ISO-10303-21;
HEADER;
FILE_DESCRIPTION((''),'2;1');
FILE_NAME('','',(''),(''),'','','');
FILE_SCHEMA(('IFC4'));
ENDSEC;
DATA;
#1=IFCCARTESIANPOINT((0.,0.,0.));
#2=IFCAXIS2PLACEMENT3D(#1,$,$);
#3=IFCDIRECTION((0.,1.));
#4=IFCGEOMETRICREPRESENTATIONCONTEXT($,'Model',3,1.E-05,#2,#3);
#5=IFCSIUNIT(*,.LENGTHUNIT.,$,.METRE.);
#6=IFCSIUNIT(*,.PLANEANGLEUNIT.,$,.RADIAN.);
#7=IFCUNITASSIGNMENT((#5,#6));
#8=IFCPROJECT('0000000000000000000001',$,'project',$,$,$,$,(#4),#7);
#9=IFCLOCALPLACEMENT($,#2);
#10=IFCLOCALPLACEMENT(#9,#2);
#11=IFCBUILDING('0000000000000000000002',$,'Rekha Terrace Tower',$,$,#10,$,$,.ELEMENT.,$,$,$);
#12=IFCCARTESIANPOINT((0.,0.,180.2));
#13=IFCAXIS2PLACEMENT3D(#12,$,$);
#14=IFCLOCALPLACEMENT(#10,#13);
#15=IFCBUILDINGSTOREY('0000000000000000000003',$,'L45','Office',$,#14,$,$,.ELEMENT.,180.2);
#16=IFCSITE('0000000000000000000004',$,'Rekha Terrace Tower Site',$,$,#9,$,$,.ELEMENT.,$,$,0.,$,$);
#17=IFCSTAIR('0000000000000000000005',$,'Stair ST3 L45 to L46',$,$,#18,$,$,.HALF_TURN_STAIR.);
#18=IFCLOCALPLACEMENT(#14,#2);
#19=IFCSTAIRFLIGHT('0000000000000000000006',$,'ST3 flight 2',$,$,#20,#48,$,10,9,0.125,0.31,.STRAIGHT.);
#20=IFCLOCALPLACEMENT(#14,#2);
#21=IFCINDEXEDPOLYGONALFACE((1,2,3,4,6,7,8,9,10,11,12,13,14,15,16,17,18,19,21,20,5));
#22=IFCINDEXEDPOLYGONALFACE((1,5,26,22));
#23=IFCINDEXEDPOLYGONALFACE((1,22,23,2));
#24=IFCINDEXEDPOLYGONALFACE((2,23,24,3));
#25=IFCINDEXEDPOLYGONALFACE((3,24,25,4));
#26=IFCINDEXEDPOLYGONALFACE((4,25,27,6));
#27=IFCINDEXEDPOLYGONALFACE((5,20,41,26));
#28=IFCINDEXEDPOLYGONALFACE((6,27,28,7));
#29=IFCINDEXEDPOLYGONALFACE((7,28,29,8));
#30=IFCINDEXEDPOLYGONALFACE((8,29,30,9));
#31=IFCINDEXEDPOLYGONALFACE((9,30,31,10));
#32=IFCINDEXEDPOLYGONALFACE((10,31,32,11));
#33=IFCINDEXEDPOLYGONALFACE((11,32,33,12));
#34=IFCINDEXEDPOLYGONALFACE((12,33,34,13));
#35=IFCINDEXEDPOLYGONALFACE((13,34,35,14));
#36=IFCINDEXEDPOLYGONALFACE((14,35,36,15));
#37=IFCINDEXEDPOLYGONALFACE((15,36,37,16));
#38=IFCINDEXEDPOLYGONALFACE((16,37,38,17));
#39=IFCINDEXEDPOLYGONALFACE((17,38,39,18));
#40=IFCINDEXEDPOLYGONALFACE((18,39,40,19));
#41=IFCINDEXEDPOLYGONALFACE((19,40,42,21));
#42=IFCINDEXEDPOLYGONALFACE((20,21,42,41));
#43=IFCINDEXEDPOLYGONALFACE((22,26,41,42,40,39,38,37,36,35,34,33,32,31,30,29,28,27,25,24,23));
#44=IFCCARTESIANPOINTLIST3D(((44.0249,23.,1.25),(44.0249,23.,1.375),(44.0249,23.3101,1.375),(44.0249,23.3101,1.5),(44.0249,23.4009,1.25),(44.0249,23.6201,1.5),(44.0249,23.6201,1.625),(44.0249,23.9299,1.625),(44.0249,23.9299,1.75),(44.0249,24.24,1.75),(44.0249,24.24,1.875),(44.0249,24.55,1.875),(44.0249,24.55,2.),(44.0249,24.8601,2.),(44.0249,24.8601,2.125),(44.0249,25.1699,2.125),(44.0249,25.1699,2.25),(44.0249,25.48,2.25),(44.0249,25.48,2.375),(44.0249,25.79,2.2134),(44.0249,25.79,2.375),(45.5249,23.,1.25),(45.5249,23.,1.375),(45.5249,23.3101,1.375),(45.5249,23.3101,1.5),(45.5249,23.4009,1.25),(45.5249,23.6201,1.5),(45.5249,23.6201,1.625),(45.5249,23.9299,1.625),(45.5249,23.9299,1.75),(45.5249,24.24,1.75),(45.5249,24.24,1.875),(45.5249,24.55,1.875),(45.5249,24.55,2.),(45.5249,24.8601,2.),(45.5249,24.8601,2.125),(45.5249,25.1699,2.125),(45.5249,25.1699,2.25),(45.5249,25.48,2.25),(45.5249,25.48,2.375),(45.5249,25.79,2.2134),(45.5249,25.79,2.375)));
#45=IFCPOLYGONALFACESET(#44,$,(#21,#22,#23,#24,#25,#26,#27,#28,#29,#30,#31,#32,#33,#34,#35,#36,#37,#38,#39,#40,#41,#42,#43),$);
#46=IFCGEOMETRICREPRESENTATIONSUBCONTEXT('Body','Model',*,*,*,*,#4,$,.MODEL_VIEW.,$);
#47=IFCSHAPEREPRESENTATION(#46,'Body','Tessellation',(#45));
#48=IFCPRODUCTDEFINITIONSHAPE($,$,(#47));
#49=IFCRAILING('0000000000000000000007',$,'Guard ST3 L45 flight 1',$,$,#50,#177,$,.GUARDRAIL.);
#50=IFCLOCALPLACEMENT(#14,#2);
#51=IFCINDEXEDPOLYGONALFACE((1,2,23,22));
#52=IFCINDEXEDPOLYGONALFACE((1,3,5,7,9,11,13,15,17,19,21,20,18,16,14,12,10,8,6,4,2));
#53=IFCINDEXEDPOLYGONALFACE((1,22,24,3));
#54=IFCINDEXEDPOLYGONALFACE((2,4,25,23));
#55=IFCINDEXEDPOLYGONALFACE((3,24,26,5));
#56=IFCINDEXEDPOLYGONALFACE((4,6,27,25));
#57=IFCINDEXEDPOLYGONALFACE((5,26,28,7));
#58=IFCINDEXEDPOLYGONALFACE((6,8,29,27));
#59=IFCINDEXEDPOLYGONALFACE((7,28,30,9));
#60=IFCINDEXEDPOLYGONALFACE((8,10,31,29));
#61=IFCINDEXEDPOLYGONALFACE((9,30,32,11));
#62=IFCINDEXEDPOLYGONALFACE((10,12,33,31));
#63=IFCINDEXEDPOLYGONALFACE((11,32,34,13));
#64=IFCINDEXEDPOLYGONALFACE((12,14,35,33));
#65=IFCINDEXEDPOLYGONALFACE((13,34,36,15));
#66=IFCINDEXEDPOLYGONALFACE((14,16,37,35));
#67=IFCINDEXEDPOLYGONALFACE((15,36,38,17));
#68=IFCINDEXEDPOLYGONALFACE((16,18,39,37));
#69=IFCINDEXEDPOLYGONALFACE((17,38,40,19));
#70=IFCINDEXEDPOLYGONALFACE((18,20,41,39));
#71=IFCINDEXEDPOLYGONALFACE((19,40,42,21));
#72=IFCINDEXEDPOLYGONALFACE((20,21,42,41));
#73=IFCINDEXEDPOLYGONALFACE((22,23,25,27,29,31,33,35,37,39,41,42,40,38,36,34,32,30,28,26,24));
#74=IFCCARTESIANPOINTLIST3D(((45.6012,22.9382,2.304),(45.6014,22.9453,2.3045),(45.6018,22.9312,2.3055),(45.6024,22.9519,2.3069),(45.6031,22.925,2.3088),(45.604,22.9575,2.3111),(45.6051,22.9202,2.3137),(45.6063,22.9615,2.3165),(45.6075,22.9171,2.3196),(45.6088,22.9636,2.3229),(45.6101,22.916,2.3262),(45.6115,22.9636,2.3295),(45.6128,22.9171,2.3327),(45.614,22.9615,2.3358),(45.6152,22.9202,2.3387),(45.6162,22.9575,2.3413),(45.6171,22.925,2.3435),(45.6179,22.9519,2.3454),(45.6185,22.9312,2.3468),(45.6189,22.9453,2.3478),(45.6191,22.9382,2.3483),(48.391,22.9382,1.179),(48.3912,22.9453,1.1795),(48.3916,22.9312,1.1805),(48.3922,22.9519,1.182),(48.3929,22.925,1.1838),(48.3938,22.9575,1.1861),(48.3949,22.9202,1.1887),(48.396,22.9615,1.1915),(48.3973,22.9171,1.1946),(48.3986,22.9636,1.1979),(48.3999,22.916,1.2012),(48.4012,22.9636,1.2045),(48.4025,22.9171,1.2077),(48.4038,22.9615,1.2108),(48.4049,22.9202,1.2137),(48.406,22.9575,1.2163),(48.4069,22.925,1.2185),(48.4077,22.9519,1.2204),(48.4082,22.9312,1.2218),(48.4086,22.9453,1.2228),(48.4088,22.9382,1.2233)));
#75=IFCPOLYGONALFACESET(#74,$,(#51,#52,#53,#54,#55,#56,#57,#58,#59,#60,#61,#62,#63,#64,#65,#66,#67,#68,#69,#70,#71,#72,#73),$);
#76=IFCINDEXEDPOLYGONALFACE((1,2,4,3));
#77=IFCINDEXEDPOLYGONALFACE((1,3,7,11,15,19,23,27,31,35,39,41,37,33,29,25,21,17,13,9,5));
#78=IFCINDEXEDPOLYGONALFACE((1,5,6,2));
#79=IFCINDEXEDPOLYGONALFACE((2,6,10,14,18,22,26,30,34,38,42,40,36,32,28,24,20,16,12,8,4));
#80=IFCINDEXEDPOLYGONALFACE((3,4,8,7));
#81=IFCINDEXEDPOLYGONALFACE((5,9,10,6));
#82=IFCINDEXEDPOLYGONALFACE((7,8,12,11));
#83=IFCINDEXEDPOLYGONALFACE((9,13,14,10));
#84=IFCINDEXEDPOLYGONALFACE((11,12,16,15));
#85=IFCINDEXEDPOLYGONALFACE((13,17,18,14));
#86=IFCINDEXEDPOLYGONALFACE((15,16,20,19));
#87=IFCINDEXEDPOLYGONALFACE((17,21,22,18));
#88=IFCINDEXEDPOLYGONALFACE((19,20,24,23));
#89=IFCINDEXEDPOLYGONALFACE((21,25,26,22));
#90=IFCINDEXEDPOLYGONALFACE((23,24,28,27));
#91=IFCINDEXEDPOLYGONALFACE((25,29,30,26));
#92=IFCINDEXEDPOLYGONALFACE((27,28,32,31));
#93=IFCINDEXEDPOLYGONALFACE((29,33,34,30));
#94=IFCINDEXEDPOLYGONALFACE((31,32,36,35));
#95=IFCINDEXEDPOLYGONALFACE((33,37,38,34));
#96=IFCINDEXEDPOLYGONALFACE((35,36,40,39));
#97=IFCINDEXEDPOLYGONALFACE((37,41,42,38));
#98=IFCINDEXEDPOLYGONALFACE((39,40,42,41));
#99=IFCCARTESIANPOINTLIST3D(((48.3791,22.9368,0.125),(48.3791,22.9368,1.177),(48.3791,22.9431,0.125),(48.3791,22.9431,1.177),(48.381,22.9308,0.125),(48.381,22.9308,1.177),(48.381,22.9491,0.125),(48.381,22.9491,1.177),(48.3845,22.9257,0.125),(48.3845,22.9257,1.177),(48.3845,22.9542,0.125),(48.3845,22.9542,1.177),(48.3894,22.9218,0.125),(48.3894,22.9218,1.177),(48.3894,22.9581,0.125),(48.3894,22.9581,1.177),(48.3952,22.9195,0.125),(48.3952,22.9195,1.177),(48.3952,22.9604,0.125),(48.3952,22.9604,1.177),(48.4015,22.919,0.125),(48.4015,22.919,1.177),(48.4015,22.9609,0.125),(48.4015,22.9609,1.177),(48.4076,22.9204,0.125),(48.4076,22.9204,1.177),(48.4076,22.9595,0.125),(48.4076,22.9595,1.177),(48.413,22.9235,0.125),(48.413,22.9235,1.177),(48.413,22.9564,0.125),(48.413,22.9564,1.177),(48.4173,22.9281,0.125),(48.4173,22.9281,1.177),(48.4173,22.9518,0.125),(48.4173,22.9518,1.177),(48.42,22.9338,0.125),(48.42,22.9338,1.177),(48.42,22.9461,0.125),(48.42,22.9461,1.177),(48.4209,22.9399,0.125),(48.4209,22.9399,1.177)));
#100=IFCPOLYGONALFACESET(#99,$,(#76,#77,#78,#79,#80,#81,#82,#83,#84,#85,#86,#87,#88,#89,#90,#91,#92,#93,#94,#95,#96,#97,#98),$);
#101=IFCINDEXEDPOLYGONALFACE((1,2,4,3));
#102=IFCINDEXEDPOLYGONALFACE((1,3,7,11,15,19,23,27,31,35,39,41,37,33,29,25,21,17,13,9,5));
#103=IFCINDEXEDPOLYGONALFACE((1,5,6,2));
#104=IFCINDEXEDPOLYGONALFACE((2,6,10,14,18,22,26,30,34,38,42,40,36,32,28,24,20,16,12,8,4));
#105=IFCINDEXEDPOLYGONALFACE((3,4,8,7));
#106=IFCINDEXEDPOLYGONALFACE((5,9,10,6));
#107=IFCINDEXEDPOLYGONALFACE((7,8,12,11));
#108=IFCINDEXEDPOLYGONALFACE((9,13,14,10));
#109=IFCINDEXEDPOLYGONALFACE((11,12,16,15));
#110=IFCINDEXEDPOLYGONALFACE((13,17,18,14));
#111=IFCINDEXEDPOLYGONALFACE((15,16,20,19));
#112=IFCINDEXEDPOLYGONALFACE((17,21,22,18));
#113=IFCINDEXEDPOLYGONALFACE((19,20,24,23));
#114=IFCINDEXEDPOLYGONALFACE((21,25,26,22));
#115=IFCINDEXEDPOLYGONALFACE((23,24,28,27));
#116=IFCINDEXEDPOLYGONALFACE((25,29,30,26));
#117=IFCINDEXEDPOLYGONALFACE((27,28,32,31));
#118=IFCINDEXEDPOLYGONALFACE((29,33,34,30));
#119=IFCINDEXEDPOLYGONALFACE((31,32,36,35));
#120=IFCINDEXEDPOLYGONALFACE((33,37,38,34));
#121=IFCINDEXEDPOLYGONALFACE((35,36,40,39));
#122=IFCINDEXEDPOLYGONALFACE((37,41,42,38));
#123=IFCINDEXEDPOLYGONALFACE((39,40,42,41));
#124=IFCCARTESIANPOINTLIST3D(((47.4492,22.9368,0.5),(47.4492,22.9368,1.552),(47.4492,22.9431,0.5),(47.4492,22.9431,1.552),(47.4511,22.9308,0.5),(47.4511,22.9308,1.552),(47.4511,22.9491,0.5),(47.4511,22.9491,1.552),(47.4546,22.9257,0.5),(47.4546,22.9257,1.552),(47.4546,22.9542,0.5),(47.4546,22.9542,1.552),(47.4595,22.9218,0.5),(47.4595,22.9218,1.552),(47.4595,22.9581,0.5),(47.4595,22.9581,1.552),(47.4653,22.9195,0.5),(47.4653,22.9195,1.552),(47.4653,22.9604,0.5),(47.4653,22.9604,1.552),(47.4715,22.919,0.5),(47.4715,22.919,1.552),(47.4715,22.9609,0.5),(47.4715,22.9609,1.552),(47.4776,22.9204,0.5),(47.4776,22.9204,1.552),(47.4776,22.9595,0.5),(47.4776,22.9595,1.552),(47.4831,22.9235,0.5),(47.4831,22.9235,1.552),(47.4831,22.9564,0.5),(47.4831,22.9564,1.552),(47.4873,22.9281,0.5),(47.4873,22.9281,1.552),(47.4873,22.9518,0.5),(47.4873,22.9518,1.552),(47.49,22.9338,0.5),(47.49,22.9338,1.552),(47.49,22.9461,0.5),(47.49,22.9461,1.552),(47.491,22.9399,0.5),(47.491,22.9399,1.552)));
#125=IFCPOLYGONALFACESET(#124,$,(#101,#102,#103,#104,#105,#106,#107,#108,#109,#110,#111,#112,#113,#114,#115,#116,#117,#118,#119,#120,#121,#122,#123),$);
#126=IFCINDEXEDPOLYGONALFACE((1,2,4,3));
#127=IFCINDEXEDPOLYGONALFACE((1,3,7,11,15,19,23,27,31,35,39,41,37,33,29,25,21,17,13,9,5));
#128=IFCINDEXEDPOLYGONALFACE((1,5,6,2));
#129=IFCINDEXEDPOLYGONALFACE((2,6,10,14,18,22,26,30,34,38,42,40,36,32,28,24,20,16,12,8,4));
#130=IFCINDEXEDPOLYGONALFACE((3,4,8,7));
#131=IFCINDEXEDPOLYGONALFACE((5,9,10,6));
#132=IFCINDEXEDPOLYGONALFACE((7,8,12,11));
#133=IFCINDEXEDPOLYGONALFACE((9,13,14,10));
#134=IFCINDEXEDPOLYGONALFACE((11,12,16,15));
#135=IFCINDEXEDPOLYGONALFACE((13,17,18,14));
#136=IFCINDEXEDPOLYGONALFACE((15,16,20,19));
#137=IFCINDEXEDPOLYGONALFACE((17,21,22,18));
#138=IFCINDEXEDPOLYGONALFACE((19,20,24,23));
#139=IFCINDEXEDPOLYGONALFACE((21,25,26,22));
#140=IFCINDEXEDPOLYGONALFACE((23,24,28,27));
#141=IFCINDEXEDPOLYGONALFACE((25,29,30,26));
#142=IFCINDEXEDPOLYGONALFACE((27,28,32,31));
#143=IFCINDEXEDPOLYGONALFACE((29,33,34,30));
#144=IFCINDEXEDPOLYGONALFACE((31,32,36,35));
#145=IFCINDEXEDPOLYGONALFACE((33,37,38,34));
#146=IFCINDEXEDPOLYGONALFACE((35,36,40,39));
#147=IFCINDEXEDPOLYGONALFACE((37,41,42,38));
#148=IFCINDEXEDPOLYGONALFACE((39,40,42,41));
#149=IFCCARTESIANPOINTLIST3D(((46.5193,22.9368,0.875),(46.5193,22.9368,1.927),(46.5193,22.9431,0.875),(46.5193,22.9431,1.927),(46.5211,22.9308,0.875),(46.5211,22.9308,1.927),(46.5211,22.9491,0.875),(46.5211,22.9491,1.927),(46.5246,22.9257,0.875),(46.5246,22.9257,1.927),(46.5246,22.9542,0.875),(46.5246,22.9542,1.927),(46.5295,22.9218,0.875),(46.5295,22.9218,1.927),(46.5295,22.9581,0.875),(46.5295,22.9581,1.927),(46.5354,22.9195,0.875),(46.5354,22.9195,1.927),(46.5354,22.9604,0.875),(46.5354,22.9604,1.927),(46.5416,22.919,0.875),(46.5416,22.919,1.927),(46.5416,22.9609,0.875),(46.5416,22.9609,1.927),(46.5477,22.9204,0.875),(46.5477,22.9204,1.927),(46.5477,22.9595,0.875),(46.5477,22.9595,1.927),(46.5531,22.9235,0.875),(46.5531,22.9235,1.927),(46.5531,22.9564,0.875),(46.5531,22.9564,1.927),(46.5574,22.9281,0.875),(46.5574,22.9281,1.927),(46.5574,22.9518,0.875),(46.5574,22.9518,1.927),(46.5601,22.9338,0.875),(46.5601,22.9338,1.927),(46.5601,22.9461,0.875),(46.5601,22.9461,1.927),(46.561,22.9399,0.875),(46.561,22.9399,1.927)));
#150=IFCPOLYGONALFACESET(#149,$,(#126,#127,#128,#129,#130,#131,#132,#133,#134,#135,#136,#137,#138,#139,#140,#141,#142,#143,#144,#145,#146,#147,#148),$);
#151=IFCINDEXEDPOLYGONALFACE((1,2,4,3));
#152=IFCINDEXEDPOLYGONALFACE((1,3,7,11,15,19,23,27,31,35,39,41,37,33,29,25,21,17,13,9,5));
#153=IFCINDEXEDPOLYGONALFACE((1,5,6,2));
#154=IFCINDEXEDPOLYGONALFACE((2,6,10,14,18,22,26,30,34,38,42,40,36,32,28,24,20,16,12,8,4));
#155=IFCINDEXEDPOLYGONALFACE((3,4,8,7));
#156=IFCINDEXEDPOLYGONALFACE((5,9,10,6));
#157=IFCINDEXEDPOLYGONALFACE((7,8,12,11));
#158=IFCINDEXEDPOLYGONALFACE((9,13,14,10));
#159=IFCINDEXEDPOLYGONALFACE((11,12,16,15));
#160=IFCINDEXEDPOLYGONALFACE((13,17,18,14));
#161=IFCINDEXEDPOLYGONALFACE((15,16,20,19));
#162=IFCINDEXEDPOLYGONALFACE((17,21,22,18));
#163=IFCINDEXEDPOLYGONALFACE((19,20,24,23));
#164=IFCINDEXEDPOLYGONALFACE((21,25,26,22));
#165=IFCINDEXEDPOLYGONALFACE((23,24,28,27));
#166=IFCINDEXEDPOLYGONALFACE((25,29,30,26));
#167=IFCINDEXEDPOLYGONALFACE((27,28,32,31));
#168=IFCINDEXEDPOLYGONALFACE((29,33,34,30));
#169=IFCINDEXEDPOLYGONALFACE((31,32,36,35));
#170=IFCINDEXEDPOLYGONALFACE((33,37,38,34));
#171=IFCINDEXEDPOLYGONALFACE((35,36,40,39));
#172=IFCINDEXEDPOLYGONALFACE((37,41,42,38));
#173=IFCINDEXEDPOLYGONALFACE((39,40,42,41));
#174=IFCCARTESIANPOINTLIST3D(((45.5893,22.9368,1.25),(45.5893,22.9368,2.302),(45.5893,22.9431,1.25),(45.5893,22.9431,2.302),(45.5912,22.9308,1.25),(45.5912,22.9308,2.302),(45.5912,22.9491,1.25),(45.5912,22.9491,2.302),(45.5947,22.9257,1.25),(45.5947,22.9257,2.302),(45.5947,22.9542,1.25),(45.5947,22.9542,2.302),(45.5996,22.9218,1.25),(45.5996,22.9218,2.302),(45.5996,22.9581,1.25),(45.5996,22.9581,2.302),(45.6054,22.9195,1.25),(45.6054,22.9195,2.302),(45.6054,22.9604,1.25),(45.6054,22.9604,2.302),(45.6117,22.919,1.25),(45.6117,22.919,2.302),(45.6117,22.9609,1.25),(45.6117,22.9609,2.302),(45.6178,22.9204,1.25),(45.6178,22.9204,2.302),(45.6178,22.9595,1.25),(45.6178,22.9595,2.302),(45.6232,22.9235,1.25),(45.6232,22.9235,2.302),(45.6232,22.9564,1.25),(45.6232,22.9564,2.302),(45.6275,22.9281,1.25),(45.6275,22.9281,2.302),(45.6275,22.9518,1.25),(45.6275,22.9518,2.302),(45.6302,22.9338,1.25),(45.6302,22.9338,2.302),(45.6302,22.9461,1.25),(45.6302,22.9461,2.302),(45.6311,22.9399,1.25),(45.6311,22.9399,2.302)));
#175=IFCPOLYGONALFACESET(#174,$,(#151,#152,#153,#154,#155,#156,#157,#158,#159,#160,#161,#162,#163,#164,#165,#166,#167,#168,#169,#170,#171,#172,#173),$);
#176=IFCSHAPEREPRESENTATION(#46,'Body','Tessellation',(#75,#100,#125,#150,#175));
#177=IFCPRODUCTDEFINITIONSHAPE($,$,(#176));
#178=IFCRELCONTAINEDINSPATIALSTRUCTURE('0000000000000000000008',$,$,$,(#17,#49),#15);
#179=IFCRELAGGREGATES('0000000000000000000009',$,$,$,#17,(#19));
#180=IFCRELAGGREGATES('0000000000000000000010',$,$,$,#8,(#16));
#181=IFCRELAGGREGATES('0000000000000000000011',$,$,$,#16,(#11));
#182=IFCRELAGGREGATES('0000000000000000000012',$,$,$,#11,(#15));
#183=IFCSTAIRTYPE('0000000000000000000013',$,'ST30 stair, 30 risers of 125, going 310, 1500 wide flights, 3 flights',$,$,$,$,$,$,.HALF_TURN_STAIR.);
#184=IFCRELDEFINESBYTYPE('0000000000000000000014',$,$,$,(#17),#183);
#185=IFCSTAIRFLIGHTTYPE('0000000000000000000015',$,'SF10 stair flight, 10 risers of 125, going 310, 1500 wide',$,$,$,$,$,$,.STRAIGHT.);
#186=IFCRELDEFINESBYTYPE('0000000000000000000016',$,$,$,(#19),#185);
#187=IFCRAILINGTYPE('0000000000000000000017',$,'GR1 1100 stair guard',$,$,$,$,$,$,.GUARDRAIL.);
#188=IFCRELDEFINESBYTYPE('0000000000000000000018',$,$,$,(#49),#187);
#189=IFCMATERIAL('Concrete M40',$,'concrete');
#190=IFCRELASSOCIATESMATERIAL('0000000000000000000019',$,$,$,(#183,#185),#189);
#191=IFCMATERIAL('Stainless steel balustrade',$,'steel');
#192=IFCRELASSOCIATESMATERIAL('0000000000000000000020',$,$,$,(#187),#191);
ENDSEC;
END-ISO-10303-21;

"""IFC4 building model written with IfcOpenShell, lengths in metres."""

from ifc_helpers import new_model, si_unit, direction, frame, origin, origin_2d, place, context, subcontext, project, spatial, polyline, circle, outline, extrude, material, type_object, element, aggregate, save


model = new_model("IFC4")

# Units and contexts
model_context = context("Model", 3, precision=1e-05, world=origin(), true_north=direction((0.0, 1.0)))
body_context = subcontext(model_context, "Body", "Model", "MODEL_VIEW")
ifc_project = project(units=[si_unit("LENGTHUNIT", "METRE"), si_unit("PLANEANGLEUNIT", "RADIAN")], contexts=[model_context])

# Site, building, storey
site_placement = place(None, origin())
site = spatial("IfcSite", under=ifc_project, at=site_placement, Name="Rekha Terrace Tower Site", CompositionType="ELEMENT", RefElevation=0.0)
building_placement = place(site_placement, origin())
building = spatial("IfcBuilding", under=site, at=building_placement, Name="Rekha Terrace Tower", CompositionType="ELEMENT")
storey_placement = place(building_placement, frame((0.0, 0.0, 180.2)))
storey = spatial("IfcBuildingStorey", under=building, at=storey_placement, Name="L45", Description="Office", CompositionType="ELEMENT", Elevation=180.2)

# Stair, stair flight
ifc_material_1 = material(Name="Concrete M40", Category="concrete")
stair_type = type_object("IfcStairType", Name="ST30 stair, 30 risers of 125, going 310, 1500 wide flights, 3 flights", PredefinedType="HALF_TURN_STAIR", material=ifc_material_1)
stair_placement = place(storey_placement, origin())
stair = element("IfcStair", 1, at=stair_placement, inside=storey, type_object=stair_type, Name="Stair ST3 L45 to L46", PredefinedType="HALF_TURN_STAIR")
stair_flight_type = type_object("IfcStairFlightType", Name="SF10 stair flight, 10 risers of 125, going 310, 1500 wide", PredefinedType="STRAIGHT", material=ifc_material_1)
stair_flight_1_placement = place(storey_placement, frame((44.7749, 23.0, 1.25), z_axis=(0.0, 0.0, 1.0), x_axis=(0.0, 1.0, 0.0)))
stair_flight_1 = element("IfcStairFlight", 2, at=stair_flight_1_placement, type_object=stair_flight_type, Name="ST3 flight 2", NumberOfRisers=10, NumberOfTreads=9, PredefinedType="STRAIGHT", RiserHeight=0.125, TreadLength=0.31, context=body_context, shape_type="SweptSolid", body=[
    extrude(outline(polyline([(0.0, 0.0), (0.0, 0.125), (0.3101, 0.125), (0.3101, 0.25), (0.6201, 0.25), (0.6201, 0.375), (0.9299, 0.375), (0.9299, 0.5), (1.24, 0.5), (1.24, 0.625), (1.55, 0.625), (1.55, 0.75), (1.8601, 0.75), (1.8601, 0.875), (2.1699, 0.875), (2.1699, 1.0), (2.48, 1.0), (2.48, 1.125), (2.79, 1.125), (2.79, 1.25), (2.79, 0.9634), (0.4009, 0.0), (0.0, 0.0)])), frame((0.0, 0.75, 0.0), z_axis=(0.0, -1.0, 0.0), x_axis=(1.0, 0.0, 0.0)), (0.0, 0.0, 1.0), 1.5),
])
aggregate(stair, [stair_flight_1])

# Railing
ifc_material_2 = material(Name="Stainless steel balustrade", Category="steel")
railing_type_1 = type_object("IfcRailingType", Name="GR1 1100 stair guard", PredefinedType="GUARDRAIL", material=ifc_material_2)
railing_1_placement = place(storey_placement, frame((48.3999, 22.9399, 0.125)))
element("IfcRailing", 3, at=railing_1_placement, inside=storey, type_object=railing_type_1, Name="Guard ST3 L45 flight 1", PredefinedType="GUARDRAIL", context=body_context, shape_type="SweptSolid", body=[
    extrude(circle(Radius=0.0239, at=origin_2d()), frame((0.0, 0.0, 1.0762), z_axis=(-0.927432, 0.0, 0.373992), x_axis=(0.0, -1.0, 0.0)), (0.0, 0.0, 1.0), 3.0081),
    extrude(circle(Radius=0.021, at=origin_2d()), origin(), (0.0, 0.0, 1.0), 1.052),
    extrude(circle(Radius=0.021, at=origin_2d()), frame((-0.9299, 0.0, 0.375)), (0.0, 0.0, 1.0), 1.052),
    extrude(circle(Radius=0.021, at=origin_2d()), frame((-1.8599, 0.0, 0.75)), (0.0, 0.0, 1.0), 1.052),
    extrude(circle(Radius=0.021, at=origin_2d()), frame((-2.7898, 0.0, 1.125)), (0.0, 0.0, 1.0), 1.052),
])

save(model, "model.ifc")
